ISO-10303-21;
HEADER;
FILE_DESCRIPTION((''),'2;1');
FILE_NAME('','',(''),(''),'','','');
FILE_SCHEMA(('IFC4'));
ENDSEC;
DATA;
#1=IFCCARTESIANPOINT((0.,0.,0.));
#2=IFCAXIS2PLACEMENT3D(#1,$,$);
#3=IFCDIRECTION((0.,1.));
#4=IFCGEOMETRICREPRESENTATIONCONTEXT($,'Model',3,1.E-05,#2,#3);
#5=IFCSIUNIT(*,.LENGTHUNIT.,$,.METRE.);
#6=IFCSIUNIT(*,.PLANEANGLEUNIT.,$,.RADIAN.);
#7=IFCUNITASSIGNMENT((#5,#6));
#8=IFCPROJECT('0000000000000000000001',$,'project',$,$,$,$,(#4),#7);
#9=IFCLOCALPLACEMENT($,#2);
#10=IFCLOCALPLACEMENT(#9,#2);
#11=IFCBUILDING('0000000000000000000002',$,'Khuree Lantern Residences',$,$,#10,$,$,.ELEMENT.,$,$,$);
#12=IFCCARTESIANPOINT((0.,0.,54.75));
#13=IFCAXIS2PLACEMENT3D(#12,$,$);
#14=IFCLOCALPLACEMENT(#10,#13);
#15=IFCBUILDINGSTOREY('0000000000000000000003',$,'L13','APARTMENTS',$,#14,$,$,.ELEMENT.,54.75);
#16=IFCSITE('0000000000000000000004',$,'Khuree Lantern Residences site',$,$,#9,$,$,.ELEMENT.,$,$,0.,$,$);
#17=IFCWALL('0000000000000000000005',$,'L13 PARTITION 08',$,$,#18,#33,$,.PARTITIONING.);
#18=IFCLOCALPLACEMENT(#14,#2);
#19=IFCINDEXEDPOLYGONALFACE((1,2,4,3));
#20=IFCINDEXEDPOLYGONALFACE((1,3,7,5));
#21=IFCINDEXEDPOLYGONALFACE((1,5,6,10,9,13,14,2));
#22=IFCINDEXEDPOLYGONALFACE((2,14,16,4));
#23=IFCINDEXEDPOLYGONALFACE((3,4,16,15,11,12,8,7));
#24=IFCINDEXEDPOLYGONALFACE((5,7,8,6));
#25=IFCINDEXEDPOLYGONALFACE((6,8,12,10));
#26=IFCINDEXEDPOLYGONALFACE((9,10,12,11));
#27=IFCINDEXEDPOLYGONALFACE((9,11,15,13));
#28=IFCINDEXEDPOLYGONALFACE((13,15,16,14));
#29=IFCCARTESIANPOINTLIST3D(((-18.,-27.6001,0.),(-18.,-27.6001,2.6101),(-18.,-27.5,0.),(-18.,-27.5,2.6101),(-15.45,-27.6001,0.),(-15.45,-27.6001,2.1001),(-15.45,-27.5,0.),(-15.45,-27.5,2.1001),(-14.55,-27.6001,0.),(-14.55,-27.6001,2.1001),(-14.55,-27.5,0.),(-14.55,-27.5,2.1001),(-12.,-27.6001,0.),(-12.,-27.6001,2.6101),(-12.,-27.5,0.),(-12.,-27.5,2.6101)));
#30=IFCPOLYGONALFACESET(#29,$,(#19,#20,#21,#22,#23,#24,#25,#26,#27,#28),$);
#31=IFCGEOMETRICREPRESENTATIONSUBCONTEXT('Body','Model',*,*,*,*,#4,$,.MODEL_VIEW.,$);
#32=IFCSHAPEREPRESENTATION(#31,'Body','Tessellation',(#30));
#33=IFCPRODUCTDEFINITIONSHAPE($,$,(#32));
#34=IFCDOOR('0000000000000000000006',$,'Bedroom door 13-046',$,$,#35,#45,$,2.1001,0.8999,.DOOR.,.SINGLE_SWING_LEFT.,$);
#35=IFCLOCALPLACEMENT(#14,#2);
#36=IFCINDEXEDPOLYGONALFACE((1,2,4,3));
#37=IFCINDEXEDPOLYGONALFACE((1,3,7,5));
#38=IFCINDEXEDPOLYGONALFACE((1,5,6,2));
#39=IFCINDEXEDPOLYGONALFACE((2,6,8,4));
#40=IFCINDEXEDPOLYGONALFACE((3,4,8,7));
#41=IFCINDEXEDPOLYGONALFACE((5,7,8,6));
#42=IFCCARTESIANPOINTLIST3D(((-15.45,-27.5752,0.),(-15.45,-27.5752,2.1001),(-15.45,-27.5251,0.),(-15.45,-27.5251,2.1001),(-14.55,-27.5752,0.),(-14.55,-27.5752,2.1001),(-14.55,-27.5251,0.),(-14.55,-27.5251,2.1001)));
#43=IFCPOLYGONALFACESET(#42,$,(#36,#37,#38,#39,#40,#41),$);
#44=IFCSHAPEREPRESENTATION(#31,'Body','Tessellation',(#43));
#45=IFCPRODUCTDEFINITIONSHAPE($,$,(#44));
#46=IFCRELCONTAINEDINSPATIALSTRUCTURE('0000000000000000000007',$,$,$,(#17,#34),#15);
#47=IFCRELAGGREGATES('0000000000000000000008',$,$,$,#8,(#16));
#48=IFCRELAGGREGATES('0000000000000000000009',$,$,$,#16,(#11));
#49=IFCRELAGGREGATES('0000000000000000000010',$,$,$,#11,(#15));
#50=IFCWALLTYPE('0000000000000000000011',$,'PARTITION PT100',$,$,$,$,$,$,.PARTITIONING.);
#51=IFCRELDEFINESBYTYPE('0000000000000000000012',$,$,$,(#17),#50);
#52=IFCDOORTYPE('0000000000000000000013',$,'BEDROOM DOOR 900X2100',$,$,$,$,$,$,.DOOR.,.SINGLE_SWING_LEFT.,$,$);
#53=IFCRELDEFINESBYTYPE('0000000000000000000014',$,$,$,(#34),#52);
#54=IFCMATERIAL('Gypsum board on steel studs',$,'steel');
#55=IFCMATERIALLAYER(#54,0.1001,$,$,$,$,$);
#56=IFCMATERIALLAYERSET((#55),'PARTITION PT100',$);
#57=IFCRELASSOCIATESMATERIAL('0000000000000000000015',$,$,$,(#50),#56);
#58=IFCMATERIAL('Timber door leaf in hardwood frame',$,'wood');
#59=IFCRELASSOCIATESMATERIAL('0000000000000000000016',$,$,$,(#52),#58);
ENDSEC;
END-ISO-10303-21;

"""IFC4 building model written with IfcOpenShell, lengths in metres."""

from ifc_helpers import new_model, si_unit, direction, frame, frame_2d, origin, place, context, subcontext, project, spatial, rectangle, extrude, material, layer, layer_set, type_object, element, fill, save


model = new_model("IFC4")

# Units and contexts
model_context = context("Model", 3, precision=1e-05, world=origin(), true_north=direction((0.0, 1.0)))
body_context = subcontext(model_context, "Body", "Model", "MODEL_VIEW")
ifc_project = project(units=[si_unit("LENGTHUNIT", "METRE"), si_unit("PLANEANGLEUNIT", "RADIAN")], contexts=[model_context])

# Site, building, storey
site_placement = place(None, origin())
site = spatial("IfcSite", under=ifc_project, at=site_placement, Name="Khuree Lantern Residences site", CompositionType="ELEMENT", RefElevation=0.0)
building_placement = place(site_placement, origin())
building = spatial("IfcBuilding", under=site, at=building_placement, Name="Khuree Lantern Residences", CompositionType="ELEMENT")
storey_placement = place(building_placement, frame((0.0, 0.0, 54.75)))
storey = spatial("IfcBuildingStorey", under=building, at=storey_placement, Name="L13", Description="APARTMENTS", CompositionType="ELEMENT", Elevation=54.75)

# Shared definitions
ifc_material_1 = material(Name="Timber door leaf in hardwood frame", Category="wood")

# Shared definitions
ifc_material_2 = material(Name="Gypsum board on steel studs", Category="steel")

# Shared definitions
ifc_layer_1 = layer(ifc_material_2, 0.1001)
ifc_layer_set_1 = layer_set([ifc_layer_1], Name="PARTITION PT100")
wall_type_1 = type_object("IfcWallType", Name="PARTITION PT100", PredefinedType="PARTITIONING", material=ifc_layer_set_1)

# Wall, opening, door
wall_1_placement = place(storey_placement, frame((-18.0, -27.55, 0.0), z_axis=(0.0, 0.0, 1.0), x_axis=(1.0, 0.0, 0.0)))
wall_1 = element("IfcWall", 1, at=wall_1_placement, inside=storey, type_object=wall_type_1, Name="L13 PARTITION 08", PredefinedType="PARTITIONING", context=body_context, shape_type="SweptSolid", body=[
    extrude(rectangle(XDim=6.0, YDim=0.1001, at=frame_2d((3.0, 0.0))), origin(), (0.0, 0.0, 1.0), 2.6101),
])
opening_1_placement = place(wall_1_placement, frame((2.55, 0.0, 0.0)))
opening_1 = element("IfcOpeningElement", 2, at=opening_1_placement, cuts=wall_1, PredefinedType="OPENING", context=body_context, shape_type="SweptSolid", body=[
    extrude(rectangle(XDim=0.8999, YDim=2.1001, at=frame_2d((0.45, 1.05))), frame((0.0, 0.0601, 0.0), z_axis=(0.0, -1.0, 0.0), x_axis=(1.0, 0.0, 0.0)), (0.0, 0.0, 1.0), 0.1201),
])
door_type_1 = type_object("IfcDoorType", Name="BEDROOM DOOR 900X2100", OperationType="SINGLE_SWING_LEFT", PredefinedType="DOOR", material=ifc_material_1)
door_1_placement = place(opening_1_placement, origin())
door_1 = element("IfcDoor", 3, at=door_1_placement, inside=storey, type_object=door_type_1, Name="Bedroom door 13-046", OperationType="SINGLE_SWING_LEFT", OverallHeight=2.1001, OverallWidth=0.8999, PredefinedType="DOOR", context=body_context, shape_type="SweptSolid", body=[
    extrude(rectangle(XDim=0.8999, YDim=2.1001, at=frame_2d((0.45, 1.05))), frame((0.0, 0.0249, 0.0), z_axis=(0.0, -1.0, 0.0), x_axis=(1.0, 0.0, 0.0)), (0.0, 0.0, 1.0), 0.05),
])
fill(opening_1, door_1)

save(model, "model.ifc")
